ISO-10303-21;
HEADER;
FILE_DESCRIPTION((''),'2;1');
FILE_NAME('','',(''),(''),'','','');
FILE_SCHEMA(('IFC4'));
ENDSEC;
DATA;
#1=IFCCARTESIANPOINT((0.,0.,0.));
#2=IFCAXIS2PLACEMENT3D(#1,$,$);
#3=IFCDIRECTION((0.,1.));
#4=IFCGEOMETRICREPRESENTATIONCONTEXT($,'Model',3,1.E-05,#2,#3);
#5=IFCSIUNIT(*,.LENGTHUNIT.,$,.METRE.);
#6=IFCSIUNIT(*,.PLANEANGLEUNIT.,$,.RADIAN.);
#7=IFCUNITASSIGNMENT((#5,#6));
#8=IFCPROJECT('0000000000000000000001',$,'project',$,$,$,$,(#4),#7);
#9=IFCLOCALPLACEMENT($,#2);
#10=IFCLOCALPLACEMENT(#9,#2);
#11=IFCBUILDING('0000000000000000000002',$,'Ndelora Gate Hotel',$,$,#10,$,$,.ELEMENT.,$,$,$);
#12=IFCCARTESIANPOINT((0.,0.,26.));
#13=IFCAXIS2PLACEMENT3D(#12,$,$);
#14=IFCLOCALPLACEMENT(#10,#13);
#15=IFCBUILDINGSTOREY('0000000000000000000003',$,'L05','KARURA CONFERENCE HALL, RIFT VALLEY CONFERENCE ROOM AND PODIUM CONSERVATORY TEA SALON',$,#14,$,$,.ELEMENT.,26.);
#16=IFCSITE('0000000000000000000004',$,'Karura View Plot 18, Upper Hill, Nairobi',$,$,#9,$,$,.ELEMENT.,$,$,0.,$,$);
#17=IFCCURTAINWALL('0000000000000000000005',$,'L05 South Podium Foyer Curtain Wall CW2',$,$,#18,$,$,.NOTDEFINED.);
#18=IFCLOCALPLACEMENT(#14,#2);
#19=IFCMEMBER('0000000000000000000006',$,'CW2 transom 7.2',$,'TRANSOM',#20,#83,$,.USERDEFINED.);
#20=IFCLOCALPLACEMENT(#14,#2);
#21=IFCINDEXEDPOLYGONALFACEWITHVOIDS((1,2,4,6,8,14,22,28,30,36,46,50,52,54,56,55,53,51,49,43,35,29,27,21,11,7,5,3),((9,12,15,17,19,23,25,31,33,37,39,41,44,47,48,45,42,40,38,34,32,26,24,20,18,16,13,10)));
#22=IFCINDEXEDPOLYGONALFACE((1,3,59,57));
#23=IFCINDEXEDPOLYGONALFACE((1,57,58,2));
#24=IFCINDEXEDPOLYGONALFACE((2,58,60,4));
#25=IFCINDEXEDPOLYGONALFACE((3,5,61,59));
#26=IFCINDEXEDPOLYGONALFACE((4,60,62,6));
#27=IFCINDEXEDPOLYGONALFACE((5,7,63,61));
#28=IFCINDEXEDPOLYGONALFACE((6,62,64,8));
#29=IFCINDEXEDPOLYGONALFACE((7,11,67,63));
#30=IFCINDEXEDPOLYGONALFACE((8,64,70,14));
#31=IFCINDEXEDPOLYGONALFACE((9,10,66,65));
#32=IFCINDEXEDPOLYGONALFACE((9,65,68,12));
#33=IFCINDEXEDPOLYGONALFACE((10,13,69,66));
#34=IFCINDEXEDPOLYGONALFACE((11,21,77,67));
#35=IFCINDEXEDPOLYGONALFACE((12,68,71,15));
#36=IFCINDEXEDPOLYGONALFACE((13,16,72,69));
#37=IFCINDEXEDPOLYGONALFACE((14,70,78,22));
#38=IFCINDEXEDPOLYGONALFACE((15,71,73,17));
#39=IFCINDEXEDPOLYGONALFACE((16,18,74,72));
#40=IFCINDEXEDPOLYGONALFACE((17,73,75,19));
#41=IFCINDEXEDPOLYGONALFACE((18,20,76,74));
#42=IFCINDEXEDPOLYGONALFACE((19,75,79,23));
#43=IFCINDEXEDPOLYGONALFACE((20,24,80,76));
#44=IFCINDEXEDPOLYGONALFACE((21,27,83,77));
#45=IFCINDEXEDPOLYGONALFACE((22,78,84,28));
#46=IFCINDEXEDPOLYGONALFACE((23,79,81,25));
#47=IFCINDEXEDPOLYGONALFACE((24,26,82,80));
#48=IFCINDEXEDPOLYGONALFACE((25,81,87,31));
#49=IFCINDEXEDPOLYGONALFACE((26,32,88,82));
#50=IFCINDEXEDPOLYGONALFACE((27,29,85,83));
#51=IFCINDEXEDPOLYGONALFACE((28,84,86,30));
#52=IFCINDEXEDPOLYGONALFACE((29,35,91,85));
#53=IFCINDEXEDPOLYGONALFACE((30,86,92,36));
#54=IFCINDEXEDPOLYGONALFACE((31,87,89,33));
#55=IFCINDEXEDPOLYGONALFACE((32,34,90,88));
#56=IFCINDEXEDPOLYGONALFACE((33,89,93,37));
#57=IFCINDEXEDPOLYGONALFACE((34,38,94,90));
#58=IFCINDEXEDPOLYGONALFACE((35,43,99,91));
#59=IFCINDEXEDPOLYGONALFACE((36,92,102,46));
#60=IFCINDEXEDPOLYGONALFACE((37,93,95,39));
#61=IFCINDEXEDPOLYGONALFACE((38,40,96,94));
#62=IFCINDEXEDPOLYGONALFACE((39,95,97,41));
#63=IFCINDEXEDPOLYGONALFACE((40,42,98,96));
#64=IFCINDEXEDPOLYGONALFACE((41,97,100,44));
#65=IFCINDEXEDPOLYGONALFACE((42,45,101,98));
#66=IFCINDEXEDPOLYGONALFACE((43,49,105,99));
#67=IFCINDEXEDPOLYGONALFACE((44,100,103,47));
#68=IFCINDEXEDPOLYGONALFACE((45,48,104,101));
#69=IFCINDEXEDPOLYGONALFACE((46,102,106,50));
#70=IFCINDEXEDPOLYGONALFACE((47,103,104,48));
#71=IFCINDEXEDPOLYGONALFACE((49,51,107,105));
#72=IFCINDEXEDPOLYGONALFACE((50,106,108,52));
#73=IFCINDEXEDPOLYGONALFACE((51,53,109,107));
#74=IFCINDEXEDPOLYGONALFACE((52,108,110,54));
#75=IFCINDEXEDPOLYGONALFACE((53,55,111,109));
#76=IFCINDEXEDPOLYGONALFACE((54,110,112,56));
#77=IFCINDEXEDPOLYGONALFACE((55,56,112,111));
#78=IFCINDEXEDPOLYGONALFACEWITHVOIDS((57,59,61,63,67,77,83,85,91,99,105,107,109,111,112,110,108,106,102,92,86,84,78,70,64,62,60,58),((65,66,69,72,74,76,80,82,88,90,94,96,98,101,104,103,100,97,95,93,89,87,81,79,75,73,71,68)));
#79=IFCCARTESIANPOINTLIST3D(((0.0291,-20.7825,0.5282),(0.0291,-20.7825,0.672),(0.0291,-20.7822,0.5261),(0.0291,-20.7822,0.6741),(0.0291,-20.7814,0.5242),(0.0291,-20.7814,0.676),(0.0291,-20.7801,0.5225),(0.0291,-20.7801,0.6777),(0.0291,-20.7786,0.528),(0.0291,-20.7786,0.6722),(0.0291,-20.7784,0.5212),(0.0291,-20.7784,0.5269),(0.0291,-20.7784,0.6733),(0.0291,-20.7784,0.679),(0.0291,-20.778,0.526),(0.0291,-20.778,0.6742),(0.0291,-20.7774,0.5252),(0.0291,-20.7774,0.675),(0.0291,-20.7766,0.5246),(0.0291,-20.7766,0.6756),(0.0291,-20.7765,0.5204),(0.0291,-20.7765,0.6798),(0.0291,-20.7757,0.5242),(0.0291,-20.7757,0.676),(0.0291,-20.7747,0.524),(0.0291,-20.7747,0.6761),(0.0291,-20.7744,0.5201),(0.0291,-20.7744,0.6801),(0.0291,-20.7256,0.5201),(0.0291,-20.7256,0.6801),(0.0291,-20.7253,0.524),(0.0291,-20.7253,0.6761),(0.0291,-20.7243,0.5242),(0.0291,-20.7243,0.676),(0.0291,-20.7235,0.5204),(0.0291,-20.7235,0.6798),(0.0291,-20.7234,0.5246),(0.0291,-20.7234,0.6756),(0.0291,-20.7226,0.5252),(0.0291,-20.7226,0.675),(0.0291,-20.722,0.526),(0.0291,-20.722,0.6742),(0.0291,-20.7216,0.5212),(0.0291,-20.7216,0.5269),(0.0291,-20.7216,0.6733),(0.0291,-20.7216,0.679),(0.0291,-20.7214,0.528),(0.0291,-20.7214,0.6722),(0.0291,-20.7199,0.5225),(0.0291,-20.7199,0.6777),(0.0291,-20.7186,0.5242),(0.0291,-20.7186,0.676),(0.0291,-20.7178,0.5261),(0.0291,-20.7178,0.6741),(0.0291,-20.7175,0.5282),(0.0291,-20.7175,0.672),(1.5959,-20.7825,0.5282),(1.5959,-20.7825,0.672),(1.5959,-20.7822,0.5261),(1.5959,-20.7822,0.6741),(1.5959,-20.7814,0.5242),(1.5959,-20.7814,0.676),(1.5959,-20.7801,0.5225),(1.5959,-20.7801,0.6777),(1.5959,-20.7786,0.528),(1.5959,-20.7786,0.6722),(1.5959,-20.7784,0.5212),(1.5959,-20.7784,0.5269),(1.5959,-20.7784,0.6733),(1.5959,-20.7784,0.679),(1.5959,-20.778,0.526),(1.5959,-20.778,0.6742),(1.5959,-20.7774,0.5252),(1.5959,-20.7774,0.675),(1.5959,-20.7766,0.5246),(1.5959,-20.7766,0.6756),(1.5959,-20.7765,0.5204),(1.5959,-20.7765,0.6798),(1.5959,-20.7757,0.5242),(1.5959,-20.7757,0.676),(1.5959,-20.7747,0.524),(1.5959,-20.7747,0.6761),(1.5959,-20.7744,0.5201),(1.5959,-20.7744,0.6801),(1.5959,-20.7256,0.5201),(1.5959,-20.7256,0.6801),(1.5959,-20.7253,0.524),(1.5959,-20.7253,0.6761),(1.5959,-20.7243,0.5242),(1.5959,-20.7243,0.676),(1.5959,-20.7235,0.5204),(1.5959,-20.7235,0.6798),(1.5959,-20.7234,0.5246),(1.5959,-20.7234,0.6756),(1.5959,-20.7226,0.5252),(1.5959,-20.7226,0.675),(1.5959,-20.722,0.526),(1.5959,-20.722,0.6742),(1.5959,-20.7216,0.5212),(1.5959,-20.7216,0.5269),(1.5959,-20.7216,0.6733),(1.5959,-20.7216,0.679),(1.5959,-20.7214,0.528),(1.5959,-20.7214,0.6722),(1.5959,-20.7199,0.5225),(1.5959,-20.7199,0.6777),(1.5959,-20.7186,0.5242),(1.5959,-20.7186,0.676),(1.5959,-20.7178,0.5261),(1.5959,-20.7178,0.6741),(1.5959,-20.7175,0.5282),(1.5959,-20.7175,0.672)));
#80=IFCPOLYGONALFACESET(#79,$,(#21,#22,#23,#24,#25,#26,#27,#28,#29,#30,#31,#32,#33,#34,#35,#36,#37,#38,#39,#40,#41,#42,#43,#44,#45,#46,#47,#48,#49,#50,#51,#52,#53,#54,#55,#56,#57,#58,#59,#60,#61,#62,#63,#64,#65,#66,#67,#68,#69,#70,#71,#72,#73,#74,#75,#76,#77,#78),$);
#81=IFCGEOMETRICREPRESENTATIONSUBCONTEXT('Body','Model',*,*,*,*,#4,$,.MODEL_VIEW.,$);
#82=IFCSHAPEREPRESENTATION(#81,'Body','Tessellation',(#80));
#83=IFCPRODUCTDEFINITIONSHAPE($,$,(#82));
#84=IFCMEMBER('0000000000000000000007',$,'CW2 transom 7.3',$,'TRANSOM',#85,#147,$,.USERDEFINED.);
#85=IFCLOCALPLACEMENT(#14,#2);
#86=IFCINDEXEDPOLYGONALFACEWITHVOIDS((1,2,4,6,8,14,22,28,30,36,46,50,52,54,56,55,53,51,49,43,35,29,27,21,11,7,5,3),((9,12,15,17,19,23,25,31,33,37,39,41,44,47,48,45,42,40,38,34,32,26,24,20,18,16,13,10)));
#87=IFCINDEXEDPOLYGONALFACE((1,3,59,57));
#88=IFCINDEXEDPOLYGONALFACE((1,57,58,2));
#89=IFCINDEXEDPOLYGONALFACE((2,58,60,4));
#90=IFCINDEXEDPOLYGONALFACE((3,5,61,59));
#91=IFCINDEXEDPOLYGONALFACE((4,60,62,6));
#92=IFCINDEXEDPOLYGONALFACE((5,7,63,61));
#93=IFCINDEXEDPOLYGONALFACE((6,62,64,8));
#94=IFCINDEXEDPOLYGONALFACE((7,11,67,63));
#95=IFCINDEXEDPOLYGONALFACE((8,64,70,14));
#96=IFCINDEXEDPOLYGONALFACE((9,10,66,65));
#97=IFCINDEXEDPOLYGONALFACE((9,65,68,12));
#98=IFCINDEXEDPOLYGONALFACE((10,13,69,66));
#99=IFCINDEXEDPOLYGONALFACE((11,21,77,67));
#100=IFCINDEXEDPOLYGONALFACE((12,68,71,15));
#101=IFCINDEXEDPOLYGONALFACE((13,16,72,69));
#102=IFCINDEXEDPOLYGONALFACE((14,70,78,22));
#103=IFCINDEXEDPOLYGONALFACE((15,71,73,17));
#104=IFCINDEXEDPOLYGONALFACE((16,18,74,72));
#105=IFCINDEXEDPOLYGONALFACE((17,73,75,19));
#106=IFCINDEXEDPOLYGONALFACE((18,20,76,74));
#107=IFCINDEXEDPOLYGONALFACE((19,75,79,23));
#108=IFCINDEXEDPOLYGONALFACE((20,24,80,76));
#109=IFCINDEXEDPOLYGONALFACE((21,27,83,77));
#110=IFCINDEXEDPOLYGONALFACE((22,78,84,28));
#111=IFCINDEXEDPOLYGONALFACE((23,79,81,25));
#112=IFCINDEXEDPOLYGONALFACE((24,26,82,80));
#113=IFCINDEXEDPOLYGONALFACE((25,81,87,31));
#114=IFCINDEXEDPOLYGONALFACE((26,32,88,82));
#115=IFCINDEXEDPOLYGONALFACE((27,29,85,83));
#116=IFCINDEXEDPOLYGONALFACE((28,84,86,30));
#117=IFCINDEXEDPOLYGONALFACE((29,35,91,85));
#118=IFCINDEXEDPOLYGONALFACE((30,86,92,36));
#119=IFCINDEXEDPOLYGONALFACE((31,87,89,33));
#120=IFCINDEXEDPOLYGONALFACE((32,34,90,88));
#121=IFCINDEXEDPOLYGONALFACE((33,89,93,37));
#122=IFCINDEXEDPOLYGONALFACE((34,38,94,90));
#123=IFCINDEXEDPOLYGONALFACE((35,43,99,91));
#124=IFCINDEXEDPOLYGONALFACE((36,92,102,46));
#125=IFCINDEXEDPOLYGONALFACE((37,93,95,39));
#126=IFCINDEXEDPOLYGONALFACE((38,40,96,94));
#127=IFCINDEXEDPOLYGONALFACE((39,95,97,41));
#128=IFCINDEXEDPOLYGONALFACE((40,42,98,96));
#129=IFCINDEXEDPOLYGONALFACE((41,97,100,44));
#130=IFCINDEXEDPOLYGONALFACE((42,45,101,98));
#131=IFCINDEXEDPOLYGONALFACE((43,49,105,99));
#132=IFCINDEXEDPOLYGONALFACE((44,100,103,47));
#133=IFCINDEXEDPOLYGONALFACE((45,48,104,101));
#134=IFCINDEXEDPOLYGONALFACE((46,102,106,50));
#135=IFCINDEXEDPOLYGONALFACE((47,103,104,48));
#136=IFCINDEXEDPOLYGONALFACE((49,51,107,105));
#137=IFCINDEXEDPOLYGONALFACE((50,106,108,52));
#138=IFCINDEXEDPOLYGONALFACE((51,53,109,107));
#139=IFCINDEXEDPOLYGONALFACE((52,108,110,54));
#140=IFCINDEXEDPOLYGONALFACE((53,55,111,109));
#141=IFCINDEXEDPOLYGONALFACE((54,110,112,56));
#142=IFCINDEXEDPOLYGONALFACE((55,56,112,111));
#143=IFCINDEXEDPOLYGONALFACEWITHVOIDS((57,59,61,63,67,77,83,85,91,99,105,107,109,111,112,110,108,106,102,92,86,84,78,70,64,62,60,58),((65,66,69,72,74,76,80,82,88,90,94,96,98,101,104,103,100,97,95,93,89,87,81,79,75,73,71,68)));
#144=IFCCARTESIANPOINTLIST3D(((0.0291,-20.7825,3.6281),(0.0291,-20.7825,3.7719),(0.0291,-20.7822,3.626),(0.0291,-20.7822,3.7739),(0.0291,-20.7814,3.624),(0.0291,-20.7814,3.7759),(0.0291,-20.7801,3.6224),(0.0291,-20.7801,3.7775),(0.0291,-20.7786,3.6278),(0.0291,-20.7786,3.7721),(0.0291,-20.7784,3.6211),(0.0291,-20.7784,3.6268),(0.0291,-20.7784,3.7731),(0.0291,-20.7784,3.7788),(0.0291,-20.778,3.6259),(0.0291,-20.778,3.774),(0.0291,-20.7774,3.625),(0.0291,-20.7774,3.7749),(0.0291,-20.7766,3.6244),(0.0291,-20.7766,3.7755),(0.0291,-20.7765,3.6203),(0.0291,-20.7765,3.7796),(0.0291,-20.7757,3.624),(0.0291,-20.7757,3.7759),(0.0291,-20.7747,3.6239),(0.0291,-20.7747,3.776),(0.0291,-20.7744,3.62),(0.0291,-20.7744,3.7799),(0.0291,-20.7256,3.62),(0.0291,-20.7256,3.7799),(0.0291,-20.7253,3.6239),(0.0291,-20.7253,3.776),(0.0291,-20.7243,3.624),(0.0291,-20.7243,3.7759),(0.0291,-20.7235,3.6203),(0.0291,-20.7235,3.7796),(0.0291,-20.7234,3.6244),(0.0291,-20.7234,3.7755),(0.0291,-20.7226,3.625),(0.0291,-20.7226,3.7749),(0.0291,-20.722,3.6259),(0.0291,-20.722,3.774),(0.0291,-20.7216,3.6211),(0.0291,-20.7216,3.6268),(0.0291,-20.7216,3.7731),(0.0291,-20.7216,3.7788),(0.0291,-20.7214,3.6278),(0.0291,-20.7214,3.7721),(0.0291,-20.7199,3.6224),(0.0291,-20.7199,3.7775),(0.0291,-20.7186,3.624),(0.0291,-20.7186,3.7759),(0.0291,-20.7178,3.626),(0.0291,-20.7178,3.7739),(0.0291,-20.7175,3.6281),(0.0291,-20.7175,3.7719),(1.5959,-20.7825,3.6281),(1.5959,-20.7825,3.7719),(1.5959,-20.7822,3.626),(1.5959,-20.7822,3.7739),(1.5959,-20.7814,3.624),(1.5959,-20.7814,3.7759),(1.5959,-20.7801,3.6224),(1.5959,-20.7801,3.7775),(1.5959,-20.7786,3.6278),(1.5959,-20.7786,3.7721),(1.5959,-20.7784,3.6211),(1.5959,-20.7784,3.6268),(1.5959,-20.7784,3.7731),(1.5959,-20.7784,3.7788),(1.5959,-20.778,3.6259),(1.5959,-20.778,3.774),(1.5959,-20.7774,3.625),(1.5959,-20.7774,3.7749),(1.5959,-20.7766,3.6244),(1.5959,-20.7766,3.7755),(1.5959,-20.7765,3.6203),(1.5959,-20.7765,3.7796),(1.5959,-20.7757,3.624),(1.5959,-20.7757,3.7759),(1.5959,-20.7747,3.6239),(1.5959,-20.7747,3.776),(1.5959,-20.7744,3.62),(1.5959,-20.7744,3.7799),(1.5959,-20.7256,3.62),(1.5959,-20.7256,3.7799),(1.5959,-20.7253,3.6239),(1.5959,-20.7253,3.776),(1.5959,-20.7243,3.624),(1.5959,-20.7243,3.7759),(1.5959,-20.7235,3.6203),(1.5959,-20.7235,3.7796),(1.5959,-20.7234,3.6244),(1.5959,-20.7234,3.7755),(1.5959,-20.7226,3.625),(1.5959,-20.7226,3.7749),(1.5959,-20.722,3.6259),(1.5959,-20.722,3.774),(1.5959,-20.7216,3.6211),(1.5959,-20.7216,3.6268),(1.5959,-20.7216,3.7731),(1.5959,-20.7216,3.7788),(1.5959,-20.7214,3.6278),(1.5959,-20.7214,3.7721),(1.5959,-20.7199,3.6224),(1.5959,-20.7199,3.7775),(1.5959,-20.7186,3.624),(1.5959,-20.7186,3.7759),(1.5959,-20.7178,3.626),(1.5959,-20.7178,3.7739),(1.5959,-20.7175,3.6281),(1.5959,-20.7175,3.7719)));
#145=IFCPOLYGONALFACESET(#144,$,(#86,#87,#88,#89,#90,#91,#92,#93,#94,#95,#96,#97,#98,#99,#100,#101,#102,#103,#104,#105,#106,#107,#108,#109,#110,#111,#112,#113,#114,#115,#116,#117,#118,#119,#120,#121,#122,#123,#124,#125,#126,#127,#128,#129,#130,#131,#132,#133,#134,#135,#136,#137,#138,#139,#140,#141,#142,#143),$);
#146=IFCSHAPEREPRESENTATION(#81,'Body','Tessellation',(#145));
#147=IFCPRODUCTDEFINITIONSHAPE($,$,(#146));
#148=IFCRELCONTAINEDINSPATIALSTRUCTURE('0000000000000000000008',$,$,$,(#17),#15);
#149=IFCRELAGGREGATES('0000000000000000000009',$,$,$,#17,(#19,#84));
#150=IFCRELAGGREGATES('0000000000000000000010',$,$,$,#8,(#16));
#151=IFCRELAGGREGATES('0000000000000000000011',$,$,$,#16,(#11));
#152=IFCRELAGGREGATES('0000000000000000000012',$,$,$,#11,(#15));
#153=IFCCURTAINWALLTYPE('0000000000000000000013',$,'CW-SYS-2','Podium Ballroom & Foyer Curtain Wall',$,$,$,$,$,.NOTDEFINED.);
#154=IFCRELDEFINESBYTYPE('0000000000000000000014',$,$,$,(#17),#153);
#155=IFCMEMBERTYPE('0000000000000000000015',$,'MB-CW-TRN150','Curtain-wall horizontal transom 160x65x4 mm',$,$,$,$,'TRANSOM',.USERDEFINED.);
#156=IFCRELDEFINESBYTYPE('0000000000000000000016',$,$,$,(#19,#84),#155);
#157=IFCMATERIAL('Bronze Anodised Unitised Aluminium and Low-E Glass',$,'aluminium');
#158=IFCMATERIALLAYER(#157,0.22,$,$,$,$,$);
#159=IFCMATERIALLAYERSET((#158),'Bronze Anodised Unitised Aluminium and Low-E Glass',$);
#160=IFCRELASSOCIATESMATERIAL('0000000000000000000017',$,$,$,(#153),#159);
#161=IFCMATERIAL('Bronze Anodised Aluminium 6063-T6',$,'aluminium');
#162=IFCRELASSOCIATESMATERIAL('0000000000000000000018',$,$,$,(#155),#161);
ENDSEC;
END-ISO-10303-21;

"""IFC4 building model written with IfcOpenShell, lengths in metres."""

from ifc_helpers import new_model, si_unit, direction, frame, origin, origin_2d, place, context, subcontext, project, spatial, hollow_rectangle, extrude, material, layer, layer_set, material_profile, profile_set, type_object, element, aggregate, save


model = new_model("IFC4")

# Units and contexts
model_context = context("Model", 3, precision=1e-05, world=origin(), true_north=direction((0.0, 1.0)))
body_context = subcontext(model_context, "Body", "Model", "MODEL_VIEW")
ifc_project = project(units=[si_unit("LENGTHUNIT", "METRE"), si_unit("PLANEANGLEUNIT", "RADIAN")], contexts=[model_context])

# Site, building, storey
site_placement = place(None, origin())
site = spatial("IfcSite", under=ifc_project, at=site_placement, Name="Karura View Plot 18, Upper Hill, Nairobi", CompositionType="ELEMENT", RefElevation=0.0)
building_placement = place(site_placement, origin())
building = spatial("IfcBuilding", under=site, at=building_placement, Name="Ndelora Gate Hotel", CompositionType="ELEMENT")
storey_placement = place(building_placement, frame((0.0, 0.0, 26.0)))
storey = spatial("IfcBuildingStorey", under=building, at=storey_placement, Name="L05", Description="KARURA CONFERENCE HALL, RIFT VALLEY CONFERENCE ROOM AND PODIUM CONSERVATORY TEA SALON", CompositionType="ELEMENT", Elevation=26.0)

# Curtain wall, members
ifc_material_1 = material(Name="Bronze Anodised Unitised Aluminium and Low-E Glass", Category="aluminium")
ifc_layer_1 = layer(ifc_material_1, 0.22)
ifc_layer_set_1 = layer_set([ifc_layer_1], Name="Bronze Anodised Unitised Aluminium and Low-E Glass")
curtain_wall_type = type_object("IfcCurtainWallType", Name="CW-SYS-2", Description="Podium Ballroom & Foyer Curtain Wall", PredefinedType="NOTDEFINED", material=ifc_layer_set_1)
curtain_wall_placement = place(storey_placement, origin())
curtain_wall = element("IfcCurtainWall", 1, at=curtain_wall_placement, inside=storey, type_object=curtain_wall_type, Name="L05 South Podium Foyer Curtain Wall CW2", PredefinedType="NOTDEFINED")
ifc_material_2 = material(Name="Bronze Anodised Aluminium 6063-T6", Category="aluminium")
ifc_material_profile_1 = material_profile(ifc_material_2, hollow_rectangle(XDim=0.0649, YDim=0.1599, WallThickness=0.0039, InnerFilletRadius=0.0039, OuterFilletRadius=0.0081, at=origin_2d()), Name="ALU 160x65x4")
ifc_profile_set_1 = profile_set([ifc_material_profile_1], Name="Bronze Anodised Aluminium 6063-T6")
member_type_1 = type_object("IfcMemberType", Name="MB-CW-TRN150", Description="Curtain-wall horizontal transom 160x65x4 mm", ElementType="TRANSOM", PredefinedType="USERDEFINED", material=ifc_profile_set_1)
member_1_placement = place(storey_placement, frame((0.0291, -20.75, 0.6001), z_axis=(1.0, 0.0, 0.0), x_axis=(0.0, 1.0, 0.0)))
member_1 = element("IfcMember", 2, at=member_1_placement, type_object=member_type_1, Name="CW2 transom 7.2", ObjectType="TRANSOM", PredefinedType="USERDEFINED", context=body_context, shape_type="SweptSolid", body=[
    extrude(hollow_rectangle(XDim=0.0649, YDim=0.1599, WallThickness=0.0039, InnerFilletRadius=0.0039, OuterFilletRadius=0.0081, at=origin_2d()), origin(), (0.0, 0.0, 1.0), 1.5669),
])
member_2_placement = place(storey_placement, frame((0.0291, -20.75, 3.7), z_axis=(1.0, 0.0, 0.0), x_axis=(0.0, 1.0, 0.0)))
member_2 = element("IfcMember", 3, at=member_2_placement, type_object=member_type_1, Name="CW2 transom 7.3", ObjectType="TRANSOM", PredefinedType="USERDEFINED", context=body_context, shape_type="SweptSolid", body=[
    extrude(hollow_rectangle(XDim=0.0649, YDim=0.1599, WallThickness=0.0039, InnerFilletRadius=0.0039, OuterFilletRadius=0.0081, at=origin_2d()), origin(), (0.0, 0.0, 1.0), 1.5669),
])
aggregate(curtain_wall, [member_1, member_2])

save(model, "model.ifc")
